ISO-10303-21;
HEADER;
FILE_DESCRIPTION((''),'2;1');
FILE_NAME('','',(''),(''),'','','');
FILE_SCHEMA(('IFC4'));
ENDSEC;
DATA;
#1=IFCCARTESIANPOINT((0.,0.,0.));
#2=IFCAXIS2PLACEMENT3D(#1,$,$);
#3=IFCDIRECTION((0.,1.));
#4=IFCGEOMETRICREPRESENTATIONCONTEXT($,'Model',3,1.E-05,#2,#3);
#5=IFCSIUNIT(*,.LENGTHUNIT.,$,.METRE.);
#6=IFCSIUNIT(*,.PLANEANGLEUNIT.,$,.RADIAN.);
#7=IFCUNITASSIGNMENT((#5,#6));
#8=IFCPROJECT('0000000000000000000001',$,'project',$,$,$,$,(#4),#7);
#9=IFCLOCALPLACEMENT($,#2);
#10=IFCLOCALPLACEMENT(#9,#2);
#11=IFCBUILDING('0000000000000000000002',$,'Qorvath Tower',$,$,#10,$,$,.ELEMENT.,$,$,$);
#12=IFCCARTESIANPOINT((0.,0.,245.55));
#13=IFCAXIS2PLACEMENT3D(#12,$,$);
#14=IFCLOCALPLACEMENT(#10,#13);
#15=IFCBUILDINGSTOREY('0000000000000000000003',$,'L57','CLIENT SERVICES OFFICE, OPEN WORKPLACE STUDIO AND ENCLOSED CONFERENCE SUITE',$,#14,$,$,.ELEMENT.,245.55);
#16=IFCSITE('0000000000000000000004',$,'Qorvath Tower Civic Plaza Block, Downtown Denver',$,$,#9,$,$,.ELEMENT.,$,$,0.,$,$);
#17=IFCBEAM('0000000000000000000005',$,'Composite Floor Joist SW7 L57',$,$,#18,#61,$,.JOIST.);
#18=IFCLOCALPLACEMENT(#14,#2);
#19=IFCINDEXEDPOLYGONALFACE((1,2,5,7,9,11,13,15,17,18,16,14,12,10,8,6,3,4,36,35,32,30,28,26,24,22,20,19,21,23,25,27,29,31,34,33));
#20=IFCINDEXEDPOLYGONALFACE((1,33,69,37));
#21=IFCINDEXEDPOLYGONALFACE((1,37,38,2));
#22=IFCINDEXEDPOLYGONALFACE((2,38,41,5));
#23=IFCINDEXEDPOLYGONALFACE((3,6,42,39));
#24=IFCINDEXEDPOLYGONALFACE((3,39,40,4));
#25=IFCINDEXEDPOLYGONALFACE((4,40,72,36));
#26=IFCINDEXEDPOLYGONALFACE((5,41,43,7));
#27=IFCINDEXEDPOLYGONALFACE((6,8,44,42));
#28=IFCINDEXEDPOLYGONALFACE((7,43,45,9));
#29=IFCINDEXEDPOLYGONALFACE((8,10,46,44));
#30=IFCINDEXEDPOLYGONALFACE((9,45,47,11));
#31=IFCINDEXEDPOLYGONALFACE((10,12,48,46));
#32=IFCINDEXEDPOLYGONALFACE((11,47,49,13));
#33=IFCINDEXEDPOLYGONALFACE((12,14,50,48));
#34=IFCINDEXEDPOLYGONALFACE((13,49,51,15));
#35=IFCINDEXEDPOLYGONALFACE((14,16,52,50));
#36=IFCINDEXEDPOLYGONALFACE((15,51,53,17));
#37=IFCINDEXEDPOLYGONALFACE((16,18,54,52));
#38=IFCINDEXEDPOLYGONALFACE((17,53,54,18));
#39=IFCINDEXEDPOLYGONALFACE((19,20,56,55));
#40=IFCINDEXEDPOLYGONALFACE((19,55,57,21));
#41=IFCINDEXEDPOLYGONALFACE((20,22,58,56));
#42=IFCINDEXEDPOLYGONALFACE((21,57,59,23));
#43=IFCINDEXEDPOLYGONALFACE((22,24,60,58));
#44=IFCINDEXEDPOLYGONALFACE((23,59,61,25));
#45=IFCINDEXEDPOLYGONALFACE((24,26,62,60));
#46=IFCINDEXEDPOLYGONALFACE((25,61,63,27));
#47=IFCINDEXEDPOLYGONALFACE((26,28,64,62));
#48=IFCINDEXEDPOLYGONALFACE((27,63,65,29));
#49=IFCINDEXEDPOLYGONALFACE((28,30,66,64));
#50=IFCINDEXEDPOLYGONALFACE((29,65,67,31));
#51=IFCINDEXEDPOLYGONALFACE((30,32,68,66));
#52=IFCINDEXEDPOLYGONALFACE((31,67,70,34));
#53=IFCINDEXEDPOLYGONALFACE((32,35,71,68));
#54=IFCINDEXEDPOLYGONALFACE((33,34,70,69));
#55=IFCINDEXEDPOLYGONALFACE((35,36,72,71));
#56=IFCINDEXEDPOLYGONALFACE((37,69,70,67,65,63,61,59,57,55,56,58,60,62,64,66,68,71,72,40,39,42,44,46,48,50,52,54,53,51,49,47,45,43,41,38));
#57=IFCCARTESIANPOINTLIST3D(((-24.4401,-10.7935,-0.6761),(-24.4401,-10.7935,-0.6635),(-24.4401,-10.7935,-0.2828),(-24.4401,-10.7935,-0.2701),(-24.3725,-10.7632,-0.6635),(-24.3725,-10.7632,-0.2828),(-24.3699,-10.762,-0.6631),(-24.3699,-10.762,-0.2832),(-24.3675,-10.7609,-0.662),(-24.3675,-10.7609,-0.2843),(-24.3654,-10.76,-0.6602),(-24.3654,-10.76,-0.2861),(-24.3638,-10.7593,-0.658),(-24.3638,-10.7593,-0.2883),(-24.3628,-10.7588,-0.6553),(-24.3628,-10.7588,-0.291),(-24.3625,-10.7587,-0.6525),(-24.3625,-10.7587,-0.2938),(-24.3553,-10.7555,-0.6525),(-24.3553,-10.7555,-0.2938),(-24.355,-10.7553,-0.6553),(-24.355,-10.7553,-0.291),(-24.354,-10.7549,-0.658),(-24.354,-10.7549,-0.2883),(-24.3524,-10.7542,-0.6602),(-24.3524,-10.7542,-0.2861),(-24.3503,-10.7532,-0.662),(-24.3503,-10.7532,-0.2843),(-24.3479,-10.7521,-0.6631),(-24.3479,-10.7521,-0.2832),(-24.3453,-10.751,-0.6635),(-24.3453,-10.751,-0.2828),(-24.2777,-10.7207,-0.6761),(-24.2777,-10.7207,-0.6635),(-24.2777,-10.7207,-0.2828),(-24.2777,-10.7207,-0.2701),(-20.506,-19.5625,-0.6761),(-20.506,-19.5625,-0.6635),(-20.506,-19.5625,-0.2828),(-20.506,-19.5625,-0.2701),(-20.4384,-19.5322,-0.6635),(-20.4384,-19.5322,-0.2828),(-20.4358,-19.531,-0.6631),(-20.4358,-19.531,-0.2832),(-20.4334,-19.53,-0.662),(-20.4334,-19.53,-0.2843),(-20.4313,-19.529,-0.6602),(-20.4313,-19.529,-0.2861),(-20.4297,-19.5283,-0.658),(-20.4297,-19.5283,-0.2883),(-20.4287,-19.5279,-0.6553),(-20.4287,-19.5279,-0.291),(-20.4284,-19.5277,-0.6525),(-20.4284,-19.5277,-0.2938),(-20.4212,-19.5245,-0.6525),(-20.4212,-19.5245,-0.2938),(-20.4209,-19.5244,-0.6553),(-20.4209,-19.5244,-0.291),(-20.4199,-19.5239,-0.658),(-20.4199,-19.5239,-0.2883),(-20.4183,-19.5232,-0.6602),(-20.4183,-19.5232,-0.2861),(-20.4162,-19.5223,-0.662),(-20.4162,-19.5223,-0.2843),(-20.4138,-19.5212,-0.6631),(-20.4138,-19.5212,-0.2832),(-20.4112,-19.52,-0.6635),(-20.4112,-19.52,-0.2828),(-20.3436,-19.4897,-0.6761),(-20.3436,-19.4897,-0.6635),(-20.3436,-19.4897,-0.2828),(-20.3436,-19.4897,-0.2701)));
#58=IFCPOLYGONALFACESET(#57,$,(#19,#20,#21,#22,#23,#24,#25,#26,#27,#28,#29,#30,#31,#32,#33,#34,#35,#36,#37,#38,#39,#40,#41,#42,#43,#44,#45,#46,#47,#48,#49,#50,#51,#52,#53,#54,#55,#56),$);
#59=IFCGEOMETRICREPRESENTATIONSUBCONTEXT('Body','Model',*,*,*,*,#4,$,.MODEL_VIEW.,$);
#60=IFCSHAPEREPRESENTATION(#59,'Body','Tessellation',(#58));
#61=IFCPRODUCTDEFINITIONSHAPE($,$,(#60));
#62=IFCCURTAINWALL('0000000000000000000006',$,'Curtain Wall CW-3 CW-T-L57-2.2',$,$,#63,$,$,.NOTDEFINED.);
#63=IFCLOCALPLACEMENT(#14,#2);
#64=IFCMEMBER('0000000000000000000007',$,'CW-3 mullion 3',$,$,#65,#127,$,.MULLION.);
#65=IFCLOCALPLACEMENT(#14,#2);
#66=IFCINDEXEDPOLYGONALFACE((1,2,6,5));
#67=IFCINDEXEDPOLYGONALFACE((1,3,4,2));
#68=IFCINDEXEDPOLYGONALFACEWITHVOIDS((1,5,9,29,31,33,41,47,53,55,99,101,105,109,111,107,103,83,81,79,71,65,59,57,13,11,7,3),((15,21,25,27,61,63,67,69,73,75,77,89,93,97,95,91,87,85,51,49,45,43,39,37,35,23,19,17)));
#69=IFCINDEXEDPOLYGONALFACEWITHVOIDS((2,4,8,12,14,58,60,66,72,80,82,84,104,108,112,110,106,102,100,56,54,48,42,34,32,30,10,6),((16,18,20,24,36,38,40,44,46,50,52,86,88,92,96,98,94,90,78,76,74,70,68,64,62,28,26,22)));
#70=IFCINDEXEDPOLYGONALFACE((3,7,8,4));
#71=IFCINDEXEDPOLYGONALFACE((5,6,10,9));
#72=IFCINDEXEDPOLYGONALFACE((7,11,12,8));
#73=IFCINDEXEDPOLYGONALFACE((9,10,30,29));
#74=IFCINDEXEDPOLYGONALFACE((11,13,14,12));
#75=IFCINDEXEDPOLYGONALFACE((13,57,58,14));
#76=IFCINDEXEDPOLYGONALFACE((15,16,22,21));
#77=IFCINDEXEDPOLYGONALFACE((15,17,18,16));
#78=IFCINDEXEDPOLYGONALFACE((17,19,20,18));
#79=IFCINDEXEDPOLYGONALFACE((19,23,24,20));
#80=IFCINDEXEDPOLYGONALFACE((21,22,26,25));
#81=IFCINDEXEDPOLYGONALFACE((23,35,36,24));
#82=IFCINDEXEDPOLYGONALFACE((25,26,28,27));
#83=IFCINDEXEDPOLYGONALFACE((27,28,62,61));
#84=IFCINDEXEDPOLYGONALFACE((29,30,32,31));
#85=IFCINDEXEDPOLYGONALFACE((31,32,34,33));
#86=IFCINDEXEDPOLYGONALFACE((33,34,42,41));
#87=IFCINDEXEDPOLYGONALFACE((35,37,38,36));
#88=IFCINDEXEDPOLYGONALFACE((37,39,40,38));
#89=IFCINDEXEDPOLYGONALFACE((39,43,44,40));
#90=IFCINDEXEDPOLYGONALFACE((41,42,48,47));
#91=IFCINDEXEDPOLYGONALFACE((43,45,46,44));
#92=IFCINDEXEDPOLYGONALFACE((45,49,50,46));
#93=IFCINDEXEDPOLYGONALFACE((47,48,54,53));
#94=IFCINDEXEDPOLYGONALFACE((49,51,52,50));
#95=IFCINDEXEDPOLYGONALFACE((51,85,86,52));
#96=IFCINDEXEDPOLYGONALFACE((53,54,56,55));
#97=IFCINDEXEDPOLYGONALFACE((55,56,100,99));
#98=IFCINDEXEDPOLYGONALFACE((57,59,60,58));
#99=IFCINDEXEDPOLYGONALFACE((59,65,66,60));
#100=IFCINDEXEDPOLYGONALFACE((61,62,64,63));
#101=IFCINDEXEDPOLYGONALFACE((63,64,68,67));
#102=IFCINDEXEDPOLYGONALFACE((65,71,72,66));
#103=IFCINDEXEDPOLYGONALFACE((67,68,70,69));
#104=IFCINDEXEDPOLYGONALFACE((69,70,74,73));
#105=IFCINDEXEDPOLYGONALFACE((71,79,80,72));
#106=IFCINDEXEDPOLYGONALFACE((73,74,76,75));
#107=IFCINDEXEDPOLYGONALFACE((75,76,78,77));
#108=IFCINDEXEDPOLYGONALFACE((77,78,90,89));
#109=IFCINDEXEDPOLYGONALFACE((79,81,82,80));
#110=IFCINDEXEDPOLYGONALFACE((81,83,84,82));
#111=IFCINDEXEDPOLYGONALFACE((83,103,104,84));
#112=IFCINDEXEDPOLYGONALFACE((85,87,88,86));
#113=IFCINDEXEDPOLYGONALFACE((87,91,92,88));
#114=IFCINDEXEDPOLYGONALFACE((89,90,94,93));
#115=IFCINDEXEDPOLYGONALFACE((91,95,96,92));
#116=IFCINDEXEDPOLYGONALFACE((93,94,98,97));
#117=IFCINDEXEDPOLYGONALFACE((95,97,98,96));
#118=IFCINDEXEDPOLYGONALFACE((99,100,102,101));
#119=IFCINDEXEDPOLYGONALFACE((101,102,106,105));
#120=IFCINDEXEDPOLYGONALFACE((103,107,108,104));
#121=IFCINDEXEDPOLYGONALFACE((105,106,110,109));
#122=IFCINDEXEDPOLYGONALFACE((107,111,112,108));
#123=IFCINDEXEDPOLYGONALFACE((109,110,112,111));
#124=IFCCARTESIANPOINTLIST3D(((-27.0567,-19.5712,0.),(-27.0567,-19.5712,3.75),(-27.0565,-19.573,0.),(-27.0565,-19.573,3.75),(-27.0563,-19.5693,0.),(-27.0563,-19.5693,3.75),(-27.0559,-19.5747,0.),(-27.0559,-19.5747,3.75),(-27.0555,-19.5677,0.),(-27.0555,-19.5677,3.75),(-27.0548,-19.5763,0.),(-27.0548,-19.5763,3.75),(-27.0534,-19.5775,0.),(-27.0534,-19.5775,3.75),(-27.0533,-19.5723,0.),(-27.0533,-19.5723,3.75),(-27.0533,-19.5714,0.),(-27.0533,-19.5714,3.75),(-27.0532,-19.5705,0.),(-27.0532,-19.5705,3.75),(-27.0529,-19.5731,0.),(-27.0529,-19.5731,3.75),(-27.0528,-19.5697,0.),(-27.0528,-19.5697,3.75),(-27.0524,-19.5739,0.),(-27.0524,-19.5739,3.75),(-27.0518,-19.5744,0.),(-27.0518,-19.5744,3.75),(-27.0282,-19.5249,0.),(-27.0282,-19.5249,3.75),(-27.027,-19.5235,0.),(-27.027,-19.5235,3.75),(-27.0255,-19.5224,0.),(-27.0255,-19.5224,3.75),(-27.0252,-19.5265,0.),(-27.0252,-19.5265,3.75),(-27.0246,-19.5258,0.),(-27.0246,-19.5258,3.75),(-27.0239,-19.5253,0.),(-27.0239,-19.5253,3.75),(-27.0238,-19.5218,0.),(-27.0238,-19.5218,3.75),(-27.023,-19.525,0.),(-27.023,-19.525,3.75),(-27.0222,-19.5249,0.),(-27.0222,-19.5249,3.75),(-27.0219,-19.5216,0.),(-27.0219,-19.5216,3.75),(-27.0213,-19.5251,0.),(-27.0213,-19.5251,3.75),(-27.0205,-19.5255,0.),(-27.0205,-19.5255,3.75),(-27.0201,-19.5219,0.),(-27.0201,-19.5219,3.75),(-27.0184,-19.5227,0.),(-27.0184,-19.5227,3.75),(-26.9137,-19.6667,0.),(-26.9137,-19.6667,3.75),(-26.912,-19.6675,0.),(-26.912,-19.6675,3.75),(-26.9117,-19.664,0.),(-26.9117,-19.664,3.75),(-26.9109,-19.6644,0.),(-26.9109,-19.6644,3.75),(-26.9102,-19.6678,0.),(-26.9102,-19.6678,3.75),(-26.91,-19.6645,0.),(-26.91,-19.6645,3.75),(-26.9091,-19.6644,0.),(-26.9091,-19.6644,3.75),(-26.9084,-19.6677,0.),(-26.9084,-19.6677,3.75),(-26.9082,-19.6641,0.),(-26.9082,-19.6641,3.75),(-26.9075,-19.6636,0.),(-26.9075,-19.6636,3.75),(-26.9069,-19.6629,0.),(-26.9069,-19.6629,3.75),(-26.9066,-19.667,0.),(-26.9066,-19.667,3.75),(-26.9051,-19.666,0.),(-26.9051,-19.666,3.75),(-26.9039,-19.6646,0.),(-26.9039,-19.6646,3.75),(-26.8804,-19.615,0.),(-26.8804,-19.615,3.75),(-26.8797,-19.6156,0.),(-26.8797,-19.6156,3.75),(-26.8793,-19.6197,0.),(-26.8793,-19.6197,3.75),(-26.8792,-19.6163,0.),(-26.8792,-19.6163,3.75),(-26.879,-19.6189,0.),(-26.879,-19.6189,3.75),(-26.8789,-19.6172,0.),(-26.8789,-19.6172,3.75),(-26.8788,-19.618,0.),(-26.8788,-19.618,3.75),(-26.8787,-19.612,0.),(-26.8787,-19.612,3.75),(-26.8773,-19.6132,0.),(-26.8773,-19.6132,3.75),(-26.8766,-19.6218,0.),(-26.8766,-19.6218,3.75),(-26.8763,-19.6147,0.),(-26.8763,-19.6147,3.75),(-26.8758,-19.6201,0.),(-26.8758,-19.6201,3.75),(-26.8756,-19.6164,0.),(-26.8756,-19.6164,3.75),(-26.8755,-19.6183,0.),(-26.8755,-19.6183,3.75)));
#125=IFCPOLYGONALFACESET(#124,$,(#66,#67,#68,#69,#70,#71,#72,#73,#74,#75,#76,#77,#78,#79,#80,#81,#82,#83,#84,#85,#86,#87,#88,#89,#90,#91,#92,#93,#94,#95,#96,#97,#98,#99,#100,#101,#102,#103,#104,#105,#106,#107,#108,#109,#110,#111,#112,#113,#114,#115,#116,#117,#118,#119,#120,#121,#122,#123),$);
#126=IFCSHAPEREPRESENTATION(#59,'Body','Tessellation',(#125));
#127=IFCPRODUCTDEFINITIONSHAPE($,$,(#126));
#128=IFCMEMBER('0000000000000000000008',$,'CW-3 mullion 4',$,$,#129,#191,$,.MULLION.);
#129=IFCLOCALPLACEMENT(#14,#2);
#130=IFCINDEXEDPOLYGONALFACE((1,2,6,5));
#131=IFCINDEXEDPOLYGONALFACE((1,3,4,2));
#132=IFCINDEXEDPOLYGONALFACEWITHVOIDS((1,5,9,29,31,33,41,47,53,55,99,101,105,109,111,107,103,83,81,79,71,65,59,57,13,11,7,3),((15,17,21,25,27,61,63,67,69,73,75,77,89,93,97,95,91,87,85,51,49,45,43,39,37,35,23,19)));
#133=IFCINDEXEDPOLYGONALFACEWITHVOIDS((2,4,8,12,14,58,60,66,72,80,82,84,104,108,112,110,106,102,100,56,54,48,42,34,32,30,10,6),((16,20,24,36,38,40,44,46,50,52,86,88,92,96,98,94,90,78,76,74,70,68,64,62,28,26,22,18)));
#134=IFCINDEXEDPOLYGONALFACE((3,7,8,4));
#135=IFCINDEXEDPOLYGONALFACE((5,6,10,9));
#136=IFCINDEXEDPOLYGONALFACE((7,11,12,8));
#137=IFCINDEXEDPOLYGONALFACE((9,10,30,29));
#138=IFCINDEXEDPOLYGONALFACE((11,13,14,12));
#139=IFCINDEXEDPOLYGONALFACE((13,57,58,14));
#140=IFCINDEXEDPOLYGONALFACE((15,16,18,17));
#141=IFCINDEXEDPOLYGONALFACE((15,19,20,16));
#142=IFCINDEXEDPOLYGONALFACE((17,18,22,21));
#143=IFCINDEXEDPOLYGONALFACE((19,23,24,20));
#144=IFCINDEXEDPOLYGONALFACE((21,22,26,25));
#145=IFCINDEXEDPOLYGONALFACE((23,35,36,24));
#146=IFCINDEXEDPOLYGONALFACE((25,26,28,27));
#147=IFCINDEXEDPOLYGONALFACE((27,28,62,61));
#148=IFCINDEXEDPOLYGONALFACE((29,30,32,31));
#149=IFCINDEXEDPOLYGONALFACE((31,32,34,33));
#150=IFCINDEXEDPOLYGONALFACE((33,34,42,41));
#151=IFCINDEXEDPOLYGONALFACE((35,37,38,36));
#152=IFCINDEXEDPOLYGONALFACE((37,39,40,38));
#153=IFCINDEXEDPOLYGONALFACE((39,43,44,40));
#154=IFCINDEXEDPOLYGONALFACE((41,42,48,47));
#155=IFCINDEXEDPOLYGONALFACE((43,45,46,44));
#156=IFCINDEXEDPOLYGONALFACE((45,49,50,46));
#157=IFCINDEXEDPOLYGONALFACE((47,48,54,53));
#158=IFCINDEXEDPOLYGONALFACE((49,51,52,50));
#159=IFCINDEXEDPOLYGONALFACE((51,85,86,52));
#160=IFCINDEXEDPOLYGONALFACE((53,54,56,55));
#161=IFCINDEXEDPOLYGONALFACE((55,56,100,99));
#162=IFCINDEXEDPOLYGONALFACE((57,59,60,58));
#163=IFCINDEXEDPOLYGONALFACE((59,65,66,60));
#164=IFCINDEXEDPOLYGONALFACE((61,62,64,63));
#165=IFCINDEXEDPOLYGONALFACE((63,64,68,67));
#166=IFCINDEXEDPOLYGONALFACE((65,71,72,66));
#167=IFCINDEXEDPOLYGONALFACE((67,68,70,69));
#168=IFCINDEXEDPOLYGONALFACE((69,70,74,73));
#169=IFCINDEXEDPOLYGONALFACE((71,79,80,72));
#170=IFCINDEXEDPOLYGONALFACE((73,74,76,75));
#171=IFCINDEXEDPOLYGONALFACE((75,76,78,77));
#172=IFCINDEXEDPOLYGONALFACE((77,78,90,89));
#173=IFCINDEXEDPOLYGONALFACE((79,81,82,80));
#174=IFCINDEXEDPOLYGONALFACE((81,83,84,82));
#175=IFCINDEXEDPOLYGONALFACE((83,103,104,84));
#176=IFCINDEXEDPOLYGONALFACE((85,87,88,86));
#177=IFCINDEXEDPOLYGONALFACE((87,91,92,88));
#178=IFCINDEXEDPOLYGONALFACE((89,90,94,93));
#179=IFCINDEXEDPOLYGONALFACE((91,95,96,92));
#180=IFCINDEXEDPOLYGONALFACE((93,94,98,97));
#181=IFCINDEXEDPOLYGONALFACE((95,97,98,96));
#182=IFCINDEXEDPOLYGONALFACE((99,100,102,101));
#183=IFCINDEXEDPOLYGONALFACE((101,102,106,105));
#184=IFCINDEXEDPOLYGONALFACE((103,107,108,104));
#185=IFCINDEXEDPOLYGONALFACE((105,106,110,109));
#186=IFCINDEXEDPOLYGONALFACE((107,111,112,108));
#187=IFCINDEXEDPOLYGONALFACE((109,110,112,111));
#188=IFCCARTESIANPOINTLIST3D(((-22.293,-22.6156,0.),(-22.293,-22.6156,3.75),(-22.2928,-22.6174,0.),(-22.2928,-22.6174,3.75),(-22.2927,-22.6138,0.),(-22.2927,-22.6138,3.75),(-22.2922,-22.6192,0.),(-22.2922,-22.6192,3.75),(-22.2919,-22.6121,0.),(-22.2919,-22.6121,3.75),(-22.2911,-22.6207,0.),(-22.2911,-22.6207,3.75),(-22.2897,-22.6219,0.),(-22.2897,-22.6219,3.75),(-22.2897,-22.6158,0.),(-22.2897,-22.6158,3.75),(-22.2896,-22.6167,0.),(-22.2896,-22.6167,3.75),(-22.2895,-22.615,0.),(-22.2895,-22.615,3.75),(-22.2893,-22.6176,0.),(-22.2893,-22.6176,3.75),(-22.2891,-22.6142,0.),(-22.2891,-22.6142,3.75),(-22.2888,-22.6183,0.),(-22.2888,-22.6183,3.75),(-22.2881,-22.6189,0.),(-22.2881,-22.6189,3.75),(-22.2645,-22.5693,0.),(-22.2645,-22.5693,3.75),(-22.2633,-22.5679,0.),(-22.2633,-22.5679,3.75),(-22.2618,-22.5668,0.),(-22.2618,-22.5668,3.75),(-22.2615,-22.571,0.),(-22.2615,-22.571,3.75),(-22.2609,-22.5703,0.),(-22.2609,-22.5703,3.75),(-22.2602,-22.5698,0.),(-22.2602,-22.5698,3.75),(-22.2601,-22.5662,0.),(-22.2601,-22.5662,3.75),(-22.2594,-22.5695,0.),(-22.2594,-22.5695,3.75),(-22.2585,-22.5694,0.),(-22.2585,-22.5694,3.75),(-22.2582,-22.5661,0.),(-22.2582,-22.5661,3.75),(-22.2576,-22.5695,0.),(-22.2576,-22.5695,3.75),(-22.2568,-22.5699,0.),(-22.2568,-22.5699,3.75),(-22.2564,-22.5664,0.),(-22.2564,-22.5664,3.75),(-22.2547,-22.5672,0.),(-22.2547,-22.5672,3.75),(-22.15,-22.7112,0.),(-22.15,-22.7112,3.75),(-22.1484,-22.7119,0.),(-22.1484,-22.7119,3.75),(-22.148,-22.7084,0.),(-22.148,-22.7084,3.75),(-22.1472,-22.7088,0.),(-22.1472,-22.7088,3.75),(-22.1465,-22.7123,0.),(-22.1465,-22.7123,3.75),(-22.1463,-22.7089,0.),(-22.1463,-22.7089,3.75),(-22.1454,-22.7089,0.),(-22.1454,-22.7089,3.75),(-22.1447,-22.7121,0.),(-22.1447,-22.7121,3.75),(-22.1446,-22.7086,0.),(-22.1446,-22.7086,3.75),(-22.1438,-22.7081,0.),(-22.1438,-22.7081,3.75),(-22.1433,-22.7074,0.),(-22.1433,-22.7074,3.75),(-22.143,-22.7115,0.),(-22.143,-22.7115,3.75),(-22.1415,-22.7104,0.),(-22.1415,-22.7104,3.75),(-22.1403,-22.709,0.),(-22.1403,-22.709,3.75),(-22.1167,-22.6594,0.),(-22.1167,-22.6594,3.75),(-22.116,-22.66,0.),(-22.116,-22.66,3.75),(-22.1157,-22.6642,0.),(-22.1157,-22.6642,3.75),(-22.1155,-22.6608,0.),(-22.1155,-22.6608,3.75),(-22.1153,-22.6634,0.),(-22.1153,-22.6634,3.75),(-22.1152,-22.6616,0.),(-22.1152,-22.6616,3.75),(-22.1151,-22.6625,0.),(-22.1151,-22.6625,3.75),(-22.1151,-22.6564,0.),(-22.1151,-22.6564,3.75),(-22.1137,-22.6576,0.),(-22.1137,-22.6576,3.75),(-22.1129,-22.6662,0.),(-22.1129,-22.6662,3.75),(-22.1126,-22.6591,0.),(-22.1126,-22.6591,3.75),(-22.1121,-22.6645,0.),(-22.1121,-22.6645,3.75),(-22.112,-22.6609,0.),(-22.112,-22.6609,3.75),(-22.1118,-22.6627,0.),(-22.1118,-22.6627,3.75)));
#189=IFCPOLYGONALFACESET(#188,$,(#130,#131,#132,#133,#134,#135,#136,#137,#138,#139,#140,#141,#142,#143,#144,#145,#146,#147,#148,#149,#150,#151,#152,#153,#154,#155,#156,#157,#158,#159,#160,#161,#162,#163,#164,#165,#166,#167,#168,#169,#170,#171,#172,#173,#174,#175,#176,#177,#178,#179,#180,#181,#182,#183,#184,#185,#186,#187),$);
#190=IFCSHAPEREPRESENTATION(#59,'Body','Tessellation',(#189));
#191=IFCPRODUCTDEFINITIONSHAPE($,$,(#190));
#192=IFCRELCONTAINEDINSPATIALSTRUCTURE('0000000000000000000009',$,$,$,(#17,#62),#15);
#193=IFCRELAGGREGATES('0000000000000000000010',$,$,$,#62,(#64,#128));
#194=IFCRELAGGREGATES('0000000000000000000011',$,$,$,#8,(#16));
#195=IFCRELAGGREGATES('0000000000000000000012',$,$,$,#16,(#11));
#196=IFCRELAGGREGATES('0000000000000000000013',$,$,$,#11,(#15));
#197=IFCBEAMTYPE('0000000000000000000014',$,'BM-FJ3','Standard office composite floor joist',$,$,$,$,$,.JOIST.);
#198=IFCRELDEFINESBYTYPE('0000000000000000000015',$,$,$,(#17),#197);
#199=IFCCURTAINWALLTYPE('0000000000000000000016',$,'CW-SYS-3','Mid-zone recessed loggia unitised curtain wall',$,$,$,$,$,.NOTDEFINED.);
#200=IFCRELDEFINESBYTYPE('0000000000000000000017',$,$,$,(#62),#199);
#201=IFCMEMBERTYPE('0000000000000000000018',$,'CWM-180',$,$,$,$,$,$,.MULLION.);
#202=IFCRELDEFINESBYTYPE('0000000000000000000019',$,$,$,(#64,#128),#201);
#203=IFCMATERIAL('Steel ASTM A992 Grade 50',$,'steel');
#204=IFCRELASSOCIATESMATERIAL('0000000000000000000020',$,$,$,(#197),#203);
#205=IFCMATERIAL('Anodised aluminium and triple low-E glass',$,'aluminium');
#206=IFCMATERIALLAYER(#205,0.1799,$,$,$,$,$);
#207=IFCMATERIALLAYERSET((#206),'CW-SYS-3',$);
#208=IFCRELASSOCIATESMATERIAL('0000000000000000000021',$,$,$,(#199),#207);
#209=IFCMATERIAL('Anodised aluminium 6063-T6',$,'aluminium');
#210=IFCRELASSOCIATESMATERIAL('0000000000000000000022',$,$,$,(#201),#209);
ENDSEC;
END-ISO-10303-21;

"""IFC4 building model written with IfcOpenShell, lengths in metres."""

from ifc_helpers import new_model, si_unit, direction, frame, origin, origin_2d, place, context, subcontext, project, spatial, hollow_rectangle, i_section, extrude, material, layer, layer_set, material_profile, profile_set, type_object, element, aggregate, save


model = new_model("IFC4")

# Units and contexts
model_context = context("Model", 3, precision=1e-05, world=origin(), true_north=direction((0.0, 1.0)))
body_context = subcontext(model_context, "Body", "Model", "MODEL_VIEW")
ifc_project = project(units=[si_unit("LENGTHUNIT", "METRE"), si_unit("PLANEANGLEUNIT", "RADIAN")], contexts=[model_context])

# Site, building, storey
site_placement = place(None, origin())
site = spatial("IfcSite", under=ifc_project, at=site_placement, Name="Qorvath Tower Civic Plaza Block, Downtown Denver", CompositionType="ELEMENT", RefElevation=0.0)
building_placement = place(site_placement, origin())
building = spatial("IfcBuilding", under=site, at=building_placement, Name="Qorvath Tower", CompositionType="ELEMENT")
storey_placement = place(building_placement, frame((0.0, 0.0, 245.55)))
storey = spatial("IfcBuildingStorey", under=building, at=storey_placement, Name="L57", Description="CLIENT SERVICES OFFICE, OPEN WORKPLACE STUDIO AND ENCLOSED CONFERENCE SUITE", CompositionType="ELEMENT", Elevation=245.55)

# Beam
ifc_material_1 = material(Name="Steel ASTM A992 Grade 50", Category="steel")
ifc_material_profile_1 = material_profile(ifc_material_1, i_section(OverallWidth=0.178, OverallDepth=0.406, WebThickness=0.0078, FlangeThickness=0.0127, FilletRadius=0.011, at=origin_2d()), Name="W16x40")
ifc_profile_set_1 = profile_set([ifc_material_profile_1], Name="Steel ASTM A992 Grade 50")
beam_type_1 = type_object("IfcBeamType", Name="BM-FJ3", Description="Standard office composite floor joist", PredefinedType="JOIST", material=ifc_profile_set_1)
beam_1_placement = place(storey_placement, frame((-24.3589, -10.7571, -0.4731), z_axis=(0.409327, -0.912388, 0.0), x_axis=(0.912388, 0.409327, 0.0)))
element("IfcBeam", 1, at=beam_1_placement, inside=storey, type_object=beam_type_1, Name="Composite Floor Joist SW7 L57", PredefinedType="JOIST", context=body_context, shape_type="SweptSolid", body=[
    extrude(i_section(OverallWidth=0.178, OverallDepth=0.406, WebThickness=0.0078, FlangeThickness=0.0127, FilletRadius=0.011, at=origin_2d()), origin(), (0.0, 0.0, 1.0), 9.6111),
])

# Curtain wall, members
ifc_material_2 = material(Name="Anodised aluminium and triple low-E glass", Category="aluminium")
ifc_layer_1 = layer(ifc_material_2, 0.1799)
ifc_layer_set_1 = layer_set([ifc_layer_1], Name="CW-SYS-3")
curtain_wall_type = type_object("IfcCurtainWallType", Name="CW-SYS-3", Description="Mid-zone recessed loggia unitised curtain wall", PredefinedType="NOTDEFINED", material=ifc_layer_set_1)
curtain_wall_placement = place(storey_placement, origin())
curtain_wall = element("IfcCurtainWall", 2, at=curtain_wall_placement, inside=storey, type_object=curtain_wall_type, Name="Curtain Wall CW-3 CW-T-L57-2.2", PredefinedType="NOTDEFINED")
ifc_material_3 = material(Name="Anodised aluminium 6063-T6", Category="aluminium")
ifc_material_profile_2 = material_profile(ifc_material_3, hollow_rectangle(XDim=0.0649, YDim=0.1799, WallThickness=0.0034, InnerFilletRadius=0.0034, OuterFilletRadius=0.0071, at=origin_2d()), Name="CWM 180x65")
ifc_profile_set_2 = profile_set([ifc_material_profile_2], Name="Anodised aluminium 6063-T6")
member_type_1 = type_object("IfcMemberType", Name="CWM-180", PredefinedType="MULLION", material=ifc_profile_set_2)
member_1_placement = place(storey_placement, frame((-26.9661, -19.5947, 0.0), z_axis=(0.0, 0.0, 1.0), x_axis=(0.53853, 0.842606, 0.0)))
member_1 = element("IfcMember", 3, at=member_1_placement, type_object=member_type_1, Name="CW-3 mullion 3", PredefinedType="MULLION", context=body_context, shape_type="SweptSolid", body=[
    extrude(hollow_rectangle(XDim=0.0649, YDim=0.1799, WallThickness=0.0034, InnerFilletRadius=0.0034, OuterFilletRadius=0.0071, at=origin_2d()), origin(), (0.0, 0.0, 1.0), 3.75),
])
member_2_placement = place(storey_placement, frame((-22.2024, -22.6392, 0.0), z_axis=(0.0, 0.0, 1.0), x_axis=(0.53853, 0.842606, 0.0)))
member_2 = element("IfcMember", 4, at=member_2_placement, type_object=member_type_1, Name="CW-3 mullion 4", PredefinedType="MULLION", context=body_context, shape_type="SweptSolid", body=[
    extrude(hollow_rectangle(XDim=0.0649, YDim=0.1799, WallThickness=0.0034, InnerFilletRadius=0.0034, OuterFilletRadius=0.0071, at=origin_2d()), origin(), (0.0, 0.0, 1.0), 3.75),
])
aggregate(curtain_wall, [member_1, member_2])

save(model, "model.ifc")
